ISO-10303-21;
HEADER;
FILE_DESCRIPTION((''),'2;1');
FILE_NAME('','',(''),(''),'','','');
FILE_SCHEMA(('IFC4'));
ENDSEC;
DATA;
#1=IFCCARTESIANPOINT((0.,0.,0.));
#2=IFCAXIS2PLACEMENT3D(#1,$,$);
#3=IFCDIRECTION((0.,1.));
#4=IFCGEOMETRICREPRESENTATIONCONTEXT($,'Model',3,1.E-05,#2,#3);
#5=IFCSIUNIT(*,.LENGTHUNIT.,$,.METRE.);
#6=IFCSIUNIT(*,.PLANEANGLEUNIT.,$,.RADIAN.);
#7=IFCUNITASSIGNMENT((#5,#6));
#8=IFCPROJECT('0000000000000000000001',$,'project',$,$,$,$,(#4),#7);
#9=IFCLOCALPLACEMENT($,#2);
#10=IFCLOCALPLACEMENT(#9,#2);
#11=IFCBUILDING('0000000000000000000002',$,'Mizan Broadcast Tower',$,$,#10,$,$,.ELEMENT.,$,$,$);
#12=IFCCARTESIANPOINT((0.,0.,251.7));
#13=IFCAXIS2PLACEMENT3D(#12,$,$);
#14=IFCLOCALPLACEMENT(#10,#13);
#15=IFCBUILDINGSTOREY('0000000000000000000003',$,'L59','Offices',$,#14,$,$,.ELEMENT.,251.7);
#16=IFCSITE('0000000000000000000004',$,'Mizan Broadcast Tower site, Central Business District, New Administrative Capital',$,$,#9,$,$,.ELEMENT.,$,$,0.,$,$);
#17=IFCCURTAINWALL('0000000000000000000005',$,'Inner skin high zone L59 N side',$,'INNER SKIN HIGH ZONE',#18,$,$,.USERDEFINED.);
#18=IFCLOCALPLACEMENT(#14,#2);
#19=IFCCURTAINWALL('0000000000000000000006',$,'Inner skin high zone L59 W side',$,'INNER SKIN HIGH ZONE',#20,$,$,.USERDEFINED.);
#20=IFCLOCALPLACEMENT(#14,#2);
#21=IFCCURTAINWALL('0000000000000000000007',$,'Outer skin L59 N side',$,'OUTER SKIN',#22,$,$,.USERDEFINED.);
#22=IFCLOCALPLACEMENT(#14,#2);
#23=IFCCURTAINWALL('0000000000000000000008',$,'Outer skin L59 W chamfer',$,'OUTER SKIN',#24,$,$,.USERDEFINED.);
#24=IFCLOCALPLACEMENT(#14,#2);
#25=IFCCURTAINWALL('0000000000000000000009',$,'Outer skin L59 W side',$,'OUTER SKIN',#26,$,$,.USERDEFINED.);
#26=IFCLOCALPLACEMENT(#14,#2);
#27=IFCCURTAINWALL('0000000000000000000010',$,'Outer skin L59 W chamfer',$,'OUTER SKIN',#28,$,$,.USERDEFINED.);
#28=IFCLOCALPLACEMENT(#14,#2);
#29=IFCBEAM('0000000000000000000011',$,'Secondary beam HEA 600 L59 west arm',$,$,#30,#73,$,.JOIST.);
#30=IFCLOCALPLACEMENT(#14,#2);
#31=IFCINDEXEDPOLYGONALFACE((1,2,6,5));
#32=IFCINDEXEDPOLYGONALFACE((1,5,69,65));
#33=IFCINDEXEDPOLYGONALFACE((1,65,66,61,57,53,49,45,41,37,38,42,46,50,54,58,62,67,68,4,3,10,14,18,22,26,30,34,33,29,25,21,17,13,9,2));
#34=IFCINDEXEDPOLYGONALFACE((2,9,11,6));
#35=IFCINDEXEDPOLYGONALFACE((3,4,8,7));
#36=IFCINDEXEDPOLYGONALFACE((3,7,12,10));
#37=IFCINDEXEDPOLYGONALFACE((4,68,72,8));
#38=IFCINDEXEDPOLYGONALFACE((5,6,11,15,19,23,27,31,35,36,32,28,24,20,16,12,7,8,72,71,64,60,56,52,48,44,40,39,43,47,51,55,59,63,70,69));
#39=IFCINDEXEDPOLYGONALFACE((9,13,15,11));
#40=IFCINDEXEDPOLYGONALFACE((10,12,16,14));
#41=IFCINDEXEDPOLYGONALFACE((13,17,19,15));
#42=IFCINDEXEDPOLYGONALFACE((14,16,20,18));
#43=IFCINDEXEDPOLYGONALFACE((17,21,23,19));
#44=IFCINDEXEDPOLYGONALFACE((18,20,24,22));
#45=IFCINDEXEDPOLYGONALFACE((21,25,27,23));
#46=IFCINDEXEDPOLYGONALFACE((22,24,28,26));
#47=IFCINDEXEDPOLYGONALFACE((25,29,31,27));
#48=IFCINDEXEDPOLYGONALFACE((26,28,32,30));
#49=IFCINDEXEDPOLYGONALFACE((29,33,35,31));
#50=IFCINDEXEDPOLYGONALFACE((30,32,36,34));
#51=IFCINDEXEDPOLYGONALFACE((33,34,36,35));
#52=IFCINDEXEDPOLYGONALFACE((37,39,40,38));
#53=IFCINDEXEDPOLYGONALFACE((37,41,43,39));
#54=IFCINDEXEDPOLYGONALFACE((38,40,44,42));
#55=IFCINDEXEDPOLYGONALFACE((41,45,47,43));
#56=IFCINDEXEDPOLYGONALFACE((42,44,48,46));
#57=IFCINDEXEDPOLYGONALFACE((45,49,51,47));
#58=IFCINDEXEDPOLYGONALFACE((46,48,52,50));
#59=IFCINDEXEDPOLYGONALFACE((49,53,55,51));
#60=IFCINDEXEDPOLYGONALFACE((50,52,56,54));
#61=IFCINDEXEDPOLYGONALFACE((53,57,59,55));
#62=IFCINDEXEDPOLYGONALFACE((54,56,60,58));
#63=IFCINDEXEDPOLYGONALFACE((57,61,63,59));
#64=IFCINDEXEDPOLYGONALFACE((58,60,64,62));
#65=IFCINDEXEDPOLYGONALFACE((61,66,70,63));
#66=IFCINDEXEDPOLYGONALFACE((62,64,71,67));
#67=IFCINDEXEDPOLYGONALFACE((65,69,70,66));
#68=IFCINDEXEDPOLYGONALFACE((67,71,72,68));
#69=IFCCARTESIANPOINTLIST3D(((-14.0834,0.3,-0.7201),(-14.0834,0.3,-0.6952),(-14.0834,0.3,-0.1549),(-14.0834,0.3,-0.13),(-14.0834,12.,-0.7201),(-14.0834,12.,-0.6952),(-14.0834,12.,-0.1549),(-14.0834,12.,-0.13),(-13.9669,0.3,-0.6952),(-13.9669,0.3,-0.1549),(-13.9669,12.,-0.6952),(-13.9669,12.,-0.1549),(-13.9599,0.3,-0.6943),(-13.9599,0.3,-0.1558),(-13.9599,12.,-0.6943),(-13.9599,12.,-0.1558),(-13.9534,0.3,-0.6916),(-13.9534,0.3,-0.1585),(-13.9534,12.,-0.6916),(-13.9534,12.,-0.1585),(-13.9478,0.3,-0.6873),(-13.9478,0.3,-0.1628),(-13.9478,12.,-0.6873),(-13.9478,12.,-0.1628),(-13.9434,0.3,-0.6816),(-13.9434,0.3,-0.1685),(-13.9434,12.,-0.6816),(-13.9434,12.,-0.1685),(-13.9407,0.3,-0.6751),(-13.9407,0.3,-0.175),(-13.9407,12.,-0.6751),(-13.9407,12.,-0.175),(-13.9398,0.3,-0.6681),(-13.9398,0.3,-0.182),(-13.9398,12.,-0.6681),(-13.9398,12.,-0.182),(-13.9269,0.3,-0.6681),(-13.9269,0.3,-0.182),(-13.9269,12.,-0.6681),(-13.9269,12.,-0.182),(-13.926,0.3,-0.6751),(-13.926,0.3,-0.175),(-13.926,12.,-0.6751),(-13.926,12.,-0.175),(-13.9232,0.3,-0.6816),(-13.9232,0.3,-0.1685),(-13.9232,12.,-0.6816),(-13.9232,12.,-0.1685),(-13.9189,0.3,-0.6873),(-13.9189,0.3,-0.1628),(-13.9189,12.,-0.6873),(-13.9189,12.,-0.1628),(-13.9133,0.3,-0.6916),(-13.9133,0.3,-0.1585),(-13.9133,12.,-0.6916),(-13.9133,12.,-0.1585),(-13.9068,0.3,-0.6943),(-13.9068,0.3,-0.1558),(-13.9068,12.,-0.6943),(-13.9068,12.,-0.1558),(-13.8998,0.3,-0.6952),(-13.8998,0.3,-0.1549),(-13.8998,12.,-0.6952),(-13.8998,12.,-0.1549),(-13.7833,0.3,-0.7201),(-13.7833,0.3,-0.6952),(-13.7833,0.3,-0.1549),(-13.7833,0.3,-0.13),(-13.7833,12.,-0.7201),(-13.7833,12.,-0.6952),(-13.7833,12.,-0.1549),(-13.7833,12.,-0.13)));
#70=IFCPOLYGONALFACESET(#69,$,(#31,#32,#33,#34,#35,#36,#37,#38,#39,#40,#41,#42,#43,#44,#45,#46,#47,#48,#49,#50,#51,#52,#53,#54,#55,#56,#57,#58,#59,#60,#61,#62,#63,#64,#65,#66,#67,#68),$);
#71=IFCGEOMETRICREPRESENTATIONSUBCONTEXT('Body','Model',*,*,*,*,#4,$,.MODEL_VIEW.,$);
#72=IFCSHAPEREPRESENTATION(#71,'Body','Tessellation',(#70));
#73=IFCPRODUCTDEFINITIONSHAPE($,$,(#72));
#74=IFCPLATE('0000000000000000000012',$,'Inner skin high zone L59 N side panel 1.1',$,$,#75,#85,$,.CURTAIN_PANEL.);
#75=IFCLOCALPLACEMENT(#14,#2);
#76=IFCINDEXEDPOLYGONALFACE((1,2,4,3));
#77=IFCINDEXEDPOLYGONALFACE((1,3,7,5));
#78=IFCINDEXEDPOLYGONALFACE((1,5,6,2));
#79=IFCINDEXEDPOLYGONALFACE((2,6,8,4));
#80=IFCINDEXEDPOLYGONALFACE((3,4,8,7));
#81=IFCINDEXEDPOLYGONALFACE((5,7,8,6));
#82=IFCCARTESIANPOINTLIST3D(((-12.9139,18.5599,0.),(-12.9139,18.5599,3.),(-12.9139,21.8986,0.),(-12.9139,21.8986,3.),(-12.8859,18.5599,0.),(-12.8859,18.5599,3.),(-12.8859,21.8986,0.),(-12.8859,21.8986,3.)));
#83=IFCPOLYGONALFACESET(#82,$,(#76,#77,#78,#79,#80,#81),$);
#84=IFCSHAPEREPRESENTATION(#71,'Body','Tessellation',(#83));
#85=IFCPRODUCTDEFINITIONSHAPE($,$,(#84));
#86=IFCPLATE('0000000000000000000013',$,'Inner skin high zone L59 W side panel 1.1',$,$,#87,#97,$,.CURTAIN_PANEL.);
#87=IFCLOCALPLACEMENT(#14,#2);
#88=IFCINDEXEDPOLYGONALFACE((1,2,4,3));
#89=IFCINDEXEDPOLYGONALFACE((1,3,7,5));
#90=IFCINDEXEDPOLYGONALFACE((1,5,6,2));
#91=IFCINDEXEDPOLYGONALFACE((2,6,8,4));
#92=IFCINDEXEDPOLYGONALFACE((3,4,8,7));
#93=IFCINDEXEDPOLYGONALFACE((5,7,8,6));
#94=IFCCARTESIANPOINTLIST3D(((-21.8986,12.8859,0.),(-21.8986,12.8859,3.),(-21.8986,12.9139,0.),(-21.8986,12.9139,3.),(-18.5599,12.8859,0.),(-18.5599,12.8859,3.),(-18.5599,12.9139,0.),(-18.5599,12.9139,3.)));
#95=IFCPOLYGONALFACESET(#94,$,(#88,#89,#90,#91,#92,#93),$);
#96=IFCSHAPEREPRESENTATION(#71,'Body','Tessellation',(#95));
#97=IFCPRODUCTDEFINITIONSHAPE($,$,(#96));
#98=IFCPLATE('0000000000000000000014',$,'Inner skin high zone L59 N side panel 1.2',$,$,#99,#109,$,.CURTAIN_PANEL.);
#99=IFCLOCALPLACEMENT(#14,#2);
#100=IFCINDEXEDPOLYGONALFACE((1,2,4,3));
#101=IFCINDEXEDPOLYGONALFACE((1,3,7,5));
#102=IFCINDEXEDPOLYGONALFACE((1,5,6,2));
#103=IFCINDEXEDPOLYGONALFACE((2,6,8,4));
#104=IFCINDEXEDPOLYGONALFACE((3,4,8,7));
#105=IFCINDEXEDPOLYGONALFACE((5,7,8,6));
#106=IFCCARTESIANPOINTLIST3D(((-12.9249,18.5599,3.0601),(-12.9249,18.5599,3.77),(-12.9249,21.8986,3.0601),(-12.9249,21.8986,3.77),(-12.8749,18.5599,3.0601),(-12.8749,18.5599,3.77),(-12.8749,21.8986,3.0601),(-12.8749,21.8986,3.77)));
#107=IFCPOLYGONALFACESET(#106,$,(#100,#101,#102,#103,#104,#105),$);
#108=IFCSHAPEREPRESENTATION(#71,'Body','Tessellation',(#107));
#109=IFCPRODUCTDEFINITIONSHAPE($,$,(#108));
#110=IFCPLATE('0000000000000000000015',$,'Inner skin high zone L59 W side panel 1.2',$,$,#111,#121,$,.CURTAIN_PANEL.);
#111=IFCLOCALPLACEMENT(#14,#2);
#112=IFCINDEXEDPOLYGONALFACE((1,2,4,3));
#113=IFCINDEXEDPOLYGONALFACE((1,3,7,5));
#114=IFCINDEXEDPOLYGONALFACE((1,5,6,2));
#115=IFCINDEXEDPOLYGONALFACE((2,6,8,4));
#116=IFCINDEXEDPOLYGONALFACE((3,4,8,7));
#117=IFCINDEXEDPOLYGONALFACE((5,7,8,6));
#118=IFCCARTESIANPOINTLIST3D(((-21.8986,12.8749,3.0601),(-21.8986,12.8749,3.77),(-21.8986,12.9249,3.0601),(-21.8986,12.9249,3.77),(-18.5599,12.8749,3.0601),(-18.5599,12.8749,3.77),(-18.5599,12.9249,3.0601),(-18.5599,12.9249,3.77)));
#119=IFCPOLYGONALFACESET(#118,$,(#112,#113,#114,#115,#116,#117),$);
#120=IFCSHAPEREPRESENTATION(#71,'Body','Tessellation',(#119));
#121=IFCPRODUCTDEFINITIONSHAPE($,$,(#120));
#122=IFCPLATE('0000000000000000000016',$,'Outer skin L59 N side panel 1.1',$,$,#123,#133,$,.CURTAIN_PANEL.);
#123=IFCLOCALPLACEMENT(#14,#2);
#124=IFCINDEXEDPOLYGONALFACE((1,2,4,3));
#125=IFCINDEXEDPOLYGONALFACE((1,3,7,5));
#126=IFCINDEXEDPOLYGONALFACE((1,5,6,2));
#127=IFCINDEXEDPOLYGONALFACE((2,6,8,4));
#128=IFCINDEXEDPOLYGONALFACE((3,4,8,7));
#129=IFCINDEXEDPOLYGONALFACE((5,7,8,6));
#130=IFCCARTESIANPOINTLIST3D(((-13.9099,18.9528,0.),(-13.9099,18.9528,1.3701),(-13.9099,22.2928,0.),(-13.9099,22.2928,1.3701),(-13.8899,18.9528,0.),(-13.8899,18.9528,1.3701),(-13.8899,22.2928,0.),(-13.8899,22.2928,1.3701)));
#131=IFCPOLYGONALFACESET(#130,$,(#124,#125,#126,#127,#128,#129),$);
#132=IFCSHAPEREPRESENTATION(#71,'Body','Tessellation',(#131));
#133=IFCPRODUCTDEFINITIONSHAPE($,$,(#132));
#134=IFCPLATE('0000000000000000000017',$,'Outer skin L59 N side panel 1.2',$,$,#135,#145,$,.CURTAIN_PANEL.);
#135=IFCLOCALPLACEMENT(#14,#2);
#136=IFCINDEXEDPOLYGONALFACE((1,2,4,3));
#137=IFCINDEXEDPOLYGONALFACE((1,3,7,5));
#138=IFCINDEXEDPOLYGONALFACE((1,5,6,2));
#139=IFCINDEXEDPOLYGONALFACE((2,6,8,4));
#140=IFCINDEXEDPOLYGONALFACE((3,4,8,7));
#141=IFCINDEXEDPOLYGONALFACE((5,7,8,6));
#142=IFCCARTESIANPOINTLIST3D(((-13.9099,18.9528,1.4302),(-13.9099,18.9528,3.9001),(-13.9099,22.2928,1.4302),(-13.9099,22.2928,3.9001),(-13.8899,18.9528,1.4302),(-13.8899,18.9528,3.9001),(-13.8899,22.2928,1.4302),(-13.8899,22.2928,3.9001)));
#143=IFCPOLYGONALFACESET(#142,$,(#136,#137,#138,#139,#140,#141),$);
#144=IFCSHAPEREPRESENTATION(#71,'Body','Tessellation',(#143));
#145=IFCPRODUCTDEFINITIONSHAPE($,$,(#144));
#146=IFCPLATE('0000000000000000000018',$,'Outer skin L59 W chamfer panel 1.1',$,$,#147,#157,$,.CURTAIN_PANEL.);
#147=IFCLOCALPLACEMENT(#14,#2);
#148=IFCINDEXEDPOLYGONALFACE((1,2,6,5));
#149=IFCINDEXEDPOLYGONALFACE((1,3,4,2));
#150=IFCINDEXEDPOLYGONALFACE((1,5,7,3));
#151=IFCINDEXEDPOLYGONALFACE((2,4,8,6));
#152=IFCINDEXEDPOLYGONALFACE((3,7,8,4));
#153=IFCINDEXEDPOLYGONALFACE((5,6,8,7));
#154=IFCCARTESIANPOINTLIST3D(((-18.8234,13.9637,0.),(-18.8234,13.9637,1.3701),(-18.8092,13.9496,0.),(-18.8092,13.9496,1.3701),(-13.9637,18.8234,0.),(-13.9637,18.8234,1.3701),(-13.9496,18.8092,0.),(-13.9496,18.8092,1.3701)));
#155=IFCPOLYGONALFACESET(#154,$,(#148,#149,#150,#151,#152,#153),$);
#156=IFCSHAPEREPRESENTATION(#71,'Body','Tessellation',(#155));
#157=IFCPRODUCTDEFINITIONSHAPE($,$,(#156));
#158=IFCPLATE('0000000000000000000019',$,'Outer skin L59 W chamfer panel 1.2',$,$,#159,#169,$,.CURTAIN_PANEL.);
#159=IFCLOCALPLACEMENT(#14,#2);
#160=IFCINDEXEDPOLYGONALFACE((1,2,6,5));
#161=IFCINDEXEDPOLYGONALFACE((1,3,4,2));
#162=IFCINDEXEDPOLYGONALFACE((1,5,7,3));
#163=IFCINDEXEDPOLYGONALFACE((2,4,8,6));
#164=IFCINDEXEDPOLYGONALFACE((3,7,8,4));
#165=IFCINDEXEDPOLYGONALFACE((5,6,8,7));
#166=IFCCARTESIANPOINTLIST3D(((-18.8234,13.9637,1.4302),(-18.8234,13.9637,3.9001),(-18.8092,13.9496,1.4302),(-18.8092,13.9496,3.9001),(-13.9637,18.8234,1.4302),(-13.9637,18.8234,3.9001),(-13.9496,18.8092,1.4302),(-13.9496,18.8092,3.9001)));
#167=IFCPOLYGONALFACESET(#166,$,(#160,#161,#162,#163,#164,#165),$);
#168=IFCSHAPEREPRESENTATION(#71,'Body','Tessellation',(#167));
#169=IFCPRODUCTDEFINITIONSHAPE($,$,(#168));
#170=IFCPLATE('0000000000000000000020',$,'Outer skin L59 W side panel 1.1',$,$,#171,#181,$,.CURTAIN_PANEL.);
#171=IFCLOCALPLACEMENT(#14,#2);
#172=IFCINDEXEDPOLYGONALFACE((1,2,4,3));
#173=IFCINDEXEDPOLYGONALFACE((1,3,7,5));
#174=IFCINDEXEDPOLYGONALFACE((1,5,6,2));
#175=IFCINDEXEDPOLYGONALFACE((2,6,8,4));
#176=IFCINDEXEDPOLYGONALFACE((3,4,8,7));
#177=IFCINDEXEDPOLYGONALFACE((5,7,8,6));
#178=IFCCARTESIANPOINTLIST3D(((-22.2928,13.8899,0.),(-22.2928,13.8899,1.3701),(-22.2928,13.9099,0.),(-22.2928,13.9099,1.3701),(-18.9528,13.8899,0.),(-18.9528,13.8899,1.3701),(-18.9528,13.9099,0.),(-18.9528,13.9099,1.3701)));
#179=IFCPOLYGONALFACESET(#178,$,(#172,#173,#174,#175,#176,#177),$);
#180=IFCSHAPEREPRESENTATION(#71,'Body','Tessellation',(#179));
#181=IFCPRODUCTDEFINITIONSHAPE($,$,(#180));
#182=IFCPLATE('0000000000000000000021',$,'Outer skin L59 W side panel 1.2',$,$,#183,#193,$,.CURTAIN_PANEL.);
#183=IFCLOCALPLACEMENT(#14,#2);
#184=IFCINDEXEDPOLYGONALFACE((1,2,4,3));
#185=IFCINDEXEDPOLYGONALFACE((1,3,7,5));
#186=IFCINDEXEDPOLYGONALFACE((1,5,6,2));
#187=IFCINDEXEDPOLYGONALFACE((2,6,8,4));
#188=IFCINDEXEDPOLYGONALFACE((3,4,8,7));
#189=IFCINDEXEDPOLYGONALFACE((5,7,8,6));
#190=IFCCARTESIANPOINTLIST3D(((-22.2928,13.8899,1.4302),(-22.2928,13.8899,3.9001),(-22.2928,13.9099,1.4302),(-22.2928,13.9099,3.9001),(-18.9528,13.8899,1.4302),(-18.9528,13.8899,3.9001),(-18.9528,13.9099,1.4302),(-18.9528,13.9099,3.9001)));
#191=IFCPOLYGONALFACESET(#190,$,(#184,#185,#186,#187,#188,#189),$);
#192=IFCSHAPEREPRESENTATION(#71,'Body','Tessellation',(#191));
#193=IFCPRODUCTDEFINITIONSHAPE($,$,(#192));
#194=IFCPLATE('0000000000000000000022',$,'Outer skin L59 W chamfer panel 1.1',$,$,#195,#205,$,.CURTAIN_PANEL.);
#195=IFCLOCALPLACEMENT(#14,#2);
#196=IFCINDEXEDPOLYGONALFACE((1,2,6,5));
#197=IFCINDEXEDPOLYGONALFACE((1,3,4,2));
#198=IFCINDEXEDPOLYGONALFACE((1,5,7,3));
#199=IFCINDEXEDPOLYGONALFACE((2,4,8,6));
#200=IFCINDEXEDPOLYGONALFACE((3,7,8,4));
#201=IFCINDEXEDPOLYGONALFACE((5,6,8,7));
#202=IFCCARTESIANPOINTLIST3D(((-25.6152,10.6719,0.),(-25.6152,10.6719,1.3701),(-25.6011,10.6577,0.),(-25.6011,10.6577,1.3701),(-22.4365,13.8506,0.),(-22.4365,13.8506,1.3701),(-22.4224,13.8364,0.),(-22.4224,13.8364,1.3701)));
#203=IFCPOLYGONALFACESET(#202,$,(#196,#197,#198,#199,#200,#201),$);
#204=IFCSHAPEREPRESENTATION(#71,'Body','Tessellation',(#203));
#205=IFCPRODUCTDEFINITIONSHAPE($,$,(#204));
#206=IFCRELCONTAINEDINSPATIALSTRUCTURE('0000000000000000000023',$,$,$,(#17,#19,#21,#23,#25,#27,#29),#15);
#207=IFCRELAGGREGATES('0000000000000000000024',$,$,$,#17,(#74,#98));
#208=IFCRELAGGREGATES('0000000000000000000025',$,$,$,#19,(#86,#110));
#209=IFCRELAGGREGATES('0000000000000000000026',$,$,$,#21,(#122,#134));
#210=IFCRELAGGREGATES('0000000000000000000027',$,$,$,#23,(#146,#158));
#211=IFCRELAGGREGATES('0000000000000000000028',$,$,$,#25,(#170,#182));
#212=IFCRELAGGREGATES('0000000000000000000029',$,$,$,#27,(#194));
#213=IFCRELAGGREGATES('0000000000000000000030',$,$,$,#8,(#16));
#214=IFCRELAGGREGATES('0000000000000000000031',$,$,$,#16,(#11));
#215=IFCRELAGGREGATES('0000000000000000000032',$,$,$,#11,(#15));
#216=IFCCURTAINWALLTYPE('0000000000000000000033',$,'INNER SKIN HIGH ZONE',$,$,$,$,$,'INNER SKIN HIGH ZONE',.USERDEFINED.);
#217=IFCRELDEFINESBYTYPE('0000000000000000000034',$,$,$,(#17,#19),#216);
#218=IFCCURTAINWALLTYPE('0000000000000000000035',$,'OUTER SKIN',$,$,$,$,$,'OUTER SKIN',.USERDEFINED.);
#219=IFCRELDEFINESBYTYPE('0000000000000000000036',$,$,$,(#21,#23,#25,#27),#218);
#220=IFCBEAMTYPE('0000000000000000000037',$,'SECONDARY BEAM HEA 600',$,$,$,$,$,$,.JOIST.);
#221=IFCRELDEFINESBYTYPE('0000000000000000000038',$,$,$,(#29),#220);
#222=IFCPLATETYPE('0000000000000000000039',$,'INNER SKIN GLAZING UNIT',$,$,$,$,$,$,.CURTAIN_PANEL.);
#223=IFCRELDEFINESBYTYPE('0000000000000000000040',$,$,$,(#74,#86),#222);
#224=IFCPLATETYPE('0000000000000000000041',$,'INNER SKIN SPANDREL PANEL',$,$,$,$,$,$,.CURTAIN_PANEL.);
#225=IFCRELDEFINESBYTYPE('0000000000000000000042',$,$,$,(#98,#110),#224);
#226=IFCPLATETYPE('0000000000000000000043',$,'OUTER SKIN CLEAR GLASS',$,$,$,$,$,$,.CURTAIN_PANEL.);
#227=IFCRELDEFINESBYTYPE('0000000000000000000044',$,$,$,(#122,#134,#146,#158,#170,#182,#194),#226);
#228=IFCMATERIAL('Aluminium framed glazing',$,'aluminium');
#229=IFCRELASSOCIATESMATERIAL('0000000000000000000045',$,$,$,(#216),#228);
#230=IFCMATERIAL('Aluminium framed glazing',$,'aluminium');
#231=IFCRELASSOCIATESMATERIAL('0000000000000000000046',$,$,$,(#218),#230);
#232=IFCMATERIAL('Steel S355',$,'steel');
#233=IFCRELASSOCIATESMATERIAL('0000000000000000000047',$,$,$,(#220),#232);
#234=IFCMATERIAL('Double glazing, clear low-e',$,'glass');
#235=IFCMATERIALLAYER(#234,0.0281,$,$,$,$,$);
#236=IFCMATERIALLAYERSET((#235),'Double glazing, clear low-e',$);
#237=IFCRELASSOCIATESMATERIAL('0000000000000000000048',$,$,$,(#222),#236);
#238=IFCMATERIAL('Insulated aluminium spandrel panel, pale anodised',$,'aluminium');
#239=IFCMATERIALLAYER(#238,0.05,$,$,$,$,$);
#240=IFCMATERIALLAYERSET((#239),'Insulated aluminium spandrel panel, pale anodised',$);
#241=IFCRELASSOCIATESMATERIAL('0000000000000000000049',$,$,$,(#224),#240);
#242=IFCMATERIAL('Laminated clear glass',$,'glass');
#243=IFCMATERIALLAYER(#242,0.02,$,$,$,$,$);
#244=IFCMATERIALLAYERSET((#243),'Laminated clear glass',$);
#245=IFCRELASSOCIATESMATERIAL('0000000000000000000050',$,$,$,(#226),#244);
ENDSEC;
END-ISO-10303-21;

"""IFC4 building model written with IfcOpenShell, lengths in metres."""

from ifc_helpers import new_model, si_unit, direction, frame, origin, origin_2d, place, context, subcontext, project, spatial, rectangle, i_section, extrude, material, layer, layer_set, material_profile, profile_set, type_object, element, aggregate, save


model = new_model("IFC4")

# Units and contexts
model_context = context("Model", 3, precision=1e-05, world=origin(), true_north=direction((0.0, 1.0)))
body_context = subcontext(model_context, "Body", "Model", "MODEL_VIEW")
ifc_project = project(units=[si_unit("LENGTHUNIT", "METRE"), si_unit("PLANEANGLEUNIT", "RADIAN")], contexts=[model_context])

# Site, building, storey
site_placement = place(None, origin())
site = spatial("IfcSite", under=ifc_project, at=site_placement, Name="Mizan Broadcast Tower site, Central Business District, New Administrative Capital", CompositionType="ELEMENT", RefElevation=0.0)
building_placement = place(site_placement, origin())
building = spatial("IfcBuilding", under=site, at=building_placement, Name="Mizan Broadcast Tower", CompositionType="ELEMENT")
storey_placement = place(building_placement, frame((0.0, 0.0, 251.7)))
storey = spatial("IfcBuildingStorey", under=building, at=storey_placement, Name="L59", Description="Offices", CompositionType="ELEMENT", Elevation=251.7)

# Curtain wall
ifc_material_1 = material(Name="Aluminium framed glazing", Category="aluminium")
curtain_wall_type_1 = type_object("IfcCurtainWallType", Name="INNER SKIN HIGH ZONE", ElementType="INNER SKIN HIGH ZONE", PredefinedType="USERDEFINED", material=ifc_material_1)
curtain_wall_1_placement = place(storey_placement, origin())
curtain_wall_1 = element("IfcCurtainWall", 1, at=curtain_wall_1_placement, inside=storey, type_object=curtain_wall_type_1, Name="Inner skin high zone L59 N side", ObjectType="INNER SKIN HIGH ZONE", PredefinedType="USERDEFINED")

# Curtain wall
curtain_wall_2_placement = place(storey_placement, origin())
curtain_wall_2 = element("IfcCurtainWall", 2, at=curtain_wall_2_placement, inside=storey, type_object=curtain_wall_type_1, Name="Inner skin high zone L59 W side", ObjectType="INNER SKIN HIGH ZONE", PredefinedType="USERDEFINED")

# Curtain walls
ifc_material_2 = material(Name="Aluminium framed glazing", Category="aluminium")
curtain_wall_type_2 = type_object("IfcCurtainWallType", Name="OUTER SKIN", ElementType="OUTER SKIN", PredefinedType="USERDEFINED", material=ifc_material_2)
curtain_wall_3_placement = place(storey_placement, origin())
curtain_wall_3 = element("IfcCurtainWall", 3, at=curtain_wall_3_placement, inside=storey, type_object=curtain_wall_type_2, Name="Outer skin L59 N side", ObjectType="OUTER SKIN", PredefinedType="USERDEFINED")
curtain_wall_4_placement = place(storey_placement, origin())
curtain_wall_4 = element("IfcCurtainWall", 4, at=curtain_wall_4_placement, inside=storey, type_object=curtain_wall_type_2, Name="Outer skin L59 W chamfer", ObjectType="OUTER SKIN", PredefinedType="USERDEFINED")
curtain_wall_5_placement = place(storey_placement, origin())
curtain_wall_5 = element("IfcCurtainWall", 5, at=curtain_wall_5_placement, inside=storey, type_object=curtain_wall_type_2, Name="Outer skin L59 W side", ObjectType="OUTER SKIN", PredefinedType="USERDEFINED")

# Curtain wall
curtain_wall_6_placement = place(storey_placement, origin())
curtain_wall_6 = element("IfcCurtainWall", 6, at=curtain_wall_6_placement, inside=storey, type_object=curtain_wall_type_2, Name="Outer skin L59 W chamfer", ObjectType="OUTER SKIN", PredefinedType="USERDEFINED")

# Beam
ifc_material_3 = material(Name="Steel S355", Category="steel")
ifc_material_profile_1 = material_profile(ifc_material_3, i_section(OverallWidth=0.3, OverallDepth=0.5901, WebThickness=0.0129, FlangeThickness=0.0249, FilletRadius=0.0271, at=origin_2d()), Name="HEA 600")
ifc_profile_set_1 = profile_set([ifc_material_profile_1], Name="Steel S355")
beam_type = type_object("IfcBeamType", Name="SECONDARY BEAM HEA 600", PredefinedType="JOIST", material=ifc_profile_set_1)
beam_placement = place(storey_placement, frame((-13.9333, 12.0, -0.425), z_axis=(0.0, -1.0, 0.0), x_axis=(1.0, 0.0, 0.0)))
element("IfcBeam", 7, at=beam_placement, inside=storey, type_object=beam_type, Name="Secondary beam HEA 600 L59 west arm", PredefinedType="JOIST", context=body_context, shape_type="SweptSolid", body=[
    extrude(i_section(OverallWidth=0.3, OverallDepth=0.5901, WebThickness=0.0129, FlangeThickness=0.0249, FilletRadius=0.0271, at=origin_2d()), origin(), (0.0, 0.0, 1.0), 11.7),
])

# Plates
ifc_material_4 = material(Name="Double glazing, clear low-e", Category="glass")
ifc_layer_1 = layer(ifc_material_4, 0.0281)
ifc_layer_set_1 = layer_set([ifc_layer_1], Name="Double glazing, clear low-e")
plate_type_1 = type_object("IfcPlateType", Name="INNER SKIN GLAZING UNIT", PredefinedType="CURTAIN_PANEL", material=ifc_layer_set_1)
plate_1_placement = place(storey_placement, frame((-12.8999, 20.2292, 0.0), z_axis=(0.0, 0.0, 1.0), x_axis=(0.0, -1.0, 0.0)))
plate_1 = element("IfcPlate", 8, at=plate_1_placement, type_object=plate_type_1, Name="Inner skin high zone L59 N side panel 1.1", PredefinedType="CURTAIN_PANEL", context=body_context, shape_type="SweptSolid", body=[
    extrude(rectangle(XDim=3.3386, YDim=0.0281, at=origin_2d()), origin(), (0.0, 0.0, 1.0), 3.0),
])
plate_2_placement = place(storey_placement, frame((-20.2292, 12.8999, 0.0), z_axis=(0.0, 0.0, 1.0), x_axis=(-1.0, 0.0, 0.0)))
plate_2 = element("IfcPlate", 9, at=plate_2_placement, type_object=plate_type_1, Name="Inner skin high zone L59 W side panel 1.1", PredefinedType="CURTAIN_PANEL", context=body_context, shape_type="SweptSolid", body=[
    extrude(rectangle(XDim=3.3386, YDim=0.0281, at=origin_2d()), origin(), (0.0, 0.0, 1.0), 3.0),
])
ifc_material_5 = material(Name="Insulated aluminium spandrel panel, pale anodised", Category="aluminium")
ifc_layer_2 = layer(ifc_material_5, 0.05)
ifc_layer_set_2 = layer_set([ifc_layer_2], Name="Insulated aluminium spandrel panel, pale anodised")
plate_type_2 = type_object("IfcPlateType", Name="INNER SKIN SPANDREL PANEL", PredefinedType="CURTAIN_PANEL", material=ifc_layer_set_2)
plate_3_placement = place(storey_placement, frame((-12.8999, 20.2292, 3.0601), z_axis=(0.0, 0.0, 1.0), x_axis=(0.0, -1.0, 0.0)))
plate_3 = element("IfcPlate", 10, at=plate_3_placement, type_object=plate_type_2, Name="Inner skin high zone L59 N side panel 1.2", PredefinedType="CURTAIN_PANEL", context=body_context, shape_type="SweptSolid", body=[
    extrude(rectangle(XDim=3.3386, YDim=0.05, at=origin_2d()), origin(), (0.0, 0.0, 1.0), 0.71),
])
aggregate(curtain_wall_1, [plate_1, plate_3])
plate_4_placement = place(storey_placement, frame((-20.2292, 12.8999, 3.0601), z_axis=(0.0, 0.0, 1.0), x_axis=(-1.0, 0.0, 0.0)))
plate_4 = element("IfcPlate", 11, at=plate_4_placement, type_object=plate_type_2, Name="Inner skin high zone L59 W side panel 1.2", PredefinedType="CURTAIN_PANEL", context=body_context, shape_type="SweptSolid", body=[
    extrude(rectangle(XDim=3.3386, YDim=0.05, at=origin_2d()), origin(), (0.0, 0.0, 1.0), 0.71),
])
aggregate(curtain_wall_2, [plate_2, plate_4])
ifc_material_6 = material(Name="Laminated clear glass", Category="glass")
ifc_layer_3 = layer(ifc_material_6, 0.02)
ifc_layer_set_3 = layer_set([ifc_layer_3], Name="Laminated clear glass")
plate_type_3 = type_object("IfcPlateType", Name="OUTER SKIN CLEAR GLASS", PredefinedType="CURTAIN_PANEL", material=ifc_layer_set_3)
plate_5_placement = place(storey_placement, frame((-13.8999, 20.6228, 0.0), z_axis=(0.0, 0.0, 1.0), x_axis=(0.0, -1.0, 0.0)))
plate_5 = element("IfcPlate", 12, at=plate_5_placement, type_object=plate_type_3, Name="Outer skin L59 N side panel 1.1", PredefinedType="CURTAIN_PANEL", context=body_context, shape_type="SweptSolid", body=[
    extrude(rectangle(XDim=3.3401, YDim=0.02, at=origin_2d()), origin(), (0.0, 0.0, 1.0), 1.3701),
])
plate_6_placement = place(storey_placement, frame((-13.8999, 20.6228, 1.4302), z_axis=(0.0, 0.0, 1.0), x_axis=(0.0, -1.0, 0.0)))
plate_6 = element("IfcPlate", 13, at=plate_6_placement, type_object=plate_type_3, Name="Outer skin L59 N side panel 1.2", PredefinedType="CURTAIN_PANEL", context=body_context, shape_type="SweptSolid", body=[
    extrude(rectangle(XDim=3.3401, YDim=0.02, at=origin_2d()), origin(), (0.0, 0.0, 1.0), 2.47),
])
aggregate(curtain_wall_3, [plate_5, plate_6])
plate_7_placement = place(storey_placement, frame((-16.3865, 16.3865, 0.0), z_axis=(0.0, 0.0, 1.0), x_axis=(-0.707107, -0.707107, 0.0)))
plate_7 = element("IfcPlate", 14, at=plate_7_placement, type_object=plate_type_3, Name="Outer skin L59 W chamfer panel 1.1", PredefinedType="CURTAIN_PANEL", context=body_context, shape_type="SweptSolid", body=[
    extrude(rectangle(XDim=6.8726, YDim=0.02, at=origin_2d()), origin(), (0.0, 0.0, 1.0), 1.3701),
])
plate_8_placement = place(storey_placement, frame((-16.3865, 16.3865, 1.4302), z_axis=(0.0, 0.0, 1.0), x_axis=(-0.707107, -0.707107, 0.0)))
plate_8 = element("IfcPlate", 15, at=plate_8_placement, type_object=plate_type_3, Name="Outer skin L59 W chamfer panel 1.2", PredefinedType="CURTAIN_PANEL", context=body_context, shape_type="SweptSolid", body=[
    extrude(rectangle(XDim=6.8726, YDim=0.02, at=origin_2d()), origin(), (0.0, 0.0, 1.0), 2.47),
])
aggregate(curtain_wall_4, [plate_7, plate_8])
plate_9_placement = place(storey_placement, frame((-20.6228, 13.8999, 0.0), z_axis=(0.0, 0.0, 1.0), x_axis=(-1.0, 0.0, 0.0)))
plate_9 = element("IfcPlate", 16, at=plate_9_placement, type_object=plate_type_3, Name="Outer skin L59 W side panel 1.1", PredefinedType="CURTAIN_PANEL", context=body_context, shape_type="SweptSolid", body=[
    extrude(rectangle(XDim=3.3401, YDim=0.02, at=origin_2d()), origin(), (0.0, 0.0, 1.0), 1.3701),
])
plate_10_placement = place(storey_placement, frame((-20.6228, 13.8999, 1.4302), z_axis=(0.0, 0.0, 1.0), x_axis=(-1.0, 0.0, 0.0)))
plate_10 = element("IfcPlate", 17, at=plate_10_placement, type_object=plate_type_3, Name="Outer skin L59 W side panel 1.2", PredefinedType="CURTAIN_PANEL", context=body_context, shape_type="SweptSolid", body=[
    extrude(rectangle(XDim=3.3401, YDim=0.02, at=origin_2d()), origin(), (0.0, 0.0, 1.0), 2.47),
])
aggregate(curtain_wall_5, [plate_9, plate_10])
plate_11_placement = place(storey_placement, frame((-24.0188, 12.2542, 0.0), z_axis=(0.0, 0.0, 1.0), x_axis=(-0.707107, -0.707107, 0.0)))
plate_11 = element("IfcPlate", 18, at=plate_11_placement, type_object=plate_type_3, Name="Outer skin L59 W chamfer panel 1.1", PredefinedType="CURTAIN_PANEL", context=body_context, shape_type="SweptSolid", body=[
    extrude(rectangle(XDim=4.4954, YDim=0.02, at=origin_2d()), origin(), (0.0, 0.0, 1.0), 1.3701),
])
aggregate(curtain_wall_6, [plate_11])

save(model, "model.ifc")
